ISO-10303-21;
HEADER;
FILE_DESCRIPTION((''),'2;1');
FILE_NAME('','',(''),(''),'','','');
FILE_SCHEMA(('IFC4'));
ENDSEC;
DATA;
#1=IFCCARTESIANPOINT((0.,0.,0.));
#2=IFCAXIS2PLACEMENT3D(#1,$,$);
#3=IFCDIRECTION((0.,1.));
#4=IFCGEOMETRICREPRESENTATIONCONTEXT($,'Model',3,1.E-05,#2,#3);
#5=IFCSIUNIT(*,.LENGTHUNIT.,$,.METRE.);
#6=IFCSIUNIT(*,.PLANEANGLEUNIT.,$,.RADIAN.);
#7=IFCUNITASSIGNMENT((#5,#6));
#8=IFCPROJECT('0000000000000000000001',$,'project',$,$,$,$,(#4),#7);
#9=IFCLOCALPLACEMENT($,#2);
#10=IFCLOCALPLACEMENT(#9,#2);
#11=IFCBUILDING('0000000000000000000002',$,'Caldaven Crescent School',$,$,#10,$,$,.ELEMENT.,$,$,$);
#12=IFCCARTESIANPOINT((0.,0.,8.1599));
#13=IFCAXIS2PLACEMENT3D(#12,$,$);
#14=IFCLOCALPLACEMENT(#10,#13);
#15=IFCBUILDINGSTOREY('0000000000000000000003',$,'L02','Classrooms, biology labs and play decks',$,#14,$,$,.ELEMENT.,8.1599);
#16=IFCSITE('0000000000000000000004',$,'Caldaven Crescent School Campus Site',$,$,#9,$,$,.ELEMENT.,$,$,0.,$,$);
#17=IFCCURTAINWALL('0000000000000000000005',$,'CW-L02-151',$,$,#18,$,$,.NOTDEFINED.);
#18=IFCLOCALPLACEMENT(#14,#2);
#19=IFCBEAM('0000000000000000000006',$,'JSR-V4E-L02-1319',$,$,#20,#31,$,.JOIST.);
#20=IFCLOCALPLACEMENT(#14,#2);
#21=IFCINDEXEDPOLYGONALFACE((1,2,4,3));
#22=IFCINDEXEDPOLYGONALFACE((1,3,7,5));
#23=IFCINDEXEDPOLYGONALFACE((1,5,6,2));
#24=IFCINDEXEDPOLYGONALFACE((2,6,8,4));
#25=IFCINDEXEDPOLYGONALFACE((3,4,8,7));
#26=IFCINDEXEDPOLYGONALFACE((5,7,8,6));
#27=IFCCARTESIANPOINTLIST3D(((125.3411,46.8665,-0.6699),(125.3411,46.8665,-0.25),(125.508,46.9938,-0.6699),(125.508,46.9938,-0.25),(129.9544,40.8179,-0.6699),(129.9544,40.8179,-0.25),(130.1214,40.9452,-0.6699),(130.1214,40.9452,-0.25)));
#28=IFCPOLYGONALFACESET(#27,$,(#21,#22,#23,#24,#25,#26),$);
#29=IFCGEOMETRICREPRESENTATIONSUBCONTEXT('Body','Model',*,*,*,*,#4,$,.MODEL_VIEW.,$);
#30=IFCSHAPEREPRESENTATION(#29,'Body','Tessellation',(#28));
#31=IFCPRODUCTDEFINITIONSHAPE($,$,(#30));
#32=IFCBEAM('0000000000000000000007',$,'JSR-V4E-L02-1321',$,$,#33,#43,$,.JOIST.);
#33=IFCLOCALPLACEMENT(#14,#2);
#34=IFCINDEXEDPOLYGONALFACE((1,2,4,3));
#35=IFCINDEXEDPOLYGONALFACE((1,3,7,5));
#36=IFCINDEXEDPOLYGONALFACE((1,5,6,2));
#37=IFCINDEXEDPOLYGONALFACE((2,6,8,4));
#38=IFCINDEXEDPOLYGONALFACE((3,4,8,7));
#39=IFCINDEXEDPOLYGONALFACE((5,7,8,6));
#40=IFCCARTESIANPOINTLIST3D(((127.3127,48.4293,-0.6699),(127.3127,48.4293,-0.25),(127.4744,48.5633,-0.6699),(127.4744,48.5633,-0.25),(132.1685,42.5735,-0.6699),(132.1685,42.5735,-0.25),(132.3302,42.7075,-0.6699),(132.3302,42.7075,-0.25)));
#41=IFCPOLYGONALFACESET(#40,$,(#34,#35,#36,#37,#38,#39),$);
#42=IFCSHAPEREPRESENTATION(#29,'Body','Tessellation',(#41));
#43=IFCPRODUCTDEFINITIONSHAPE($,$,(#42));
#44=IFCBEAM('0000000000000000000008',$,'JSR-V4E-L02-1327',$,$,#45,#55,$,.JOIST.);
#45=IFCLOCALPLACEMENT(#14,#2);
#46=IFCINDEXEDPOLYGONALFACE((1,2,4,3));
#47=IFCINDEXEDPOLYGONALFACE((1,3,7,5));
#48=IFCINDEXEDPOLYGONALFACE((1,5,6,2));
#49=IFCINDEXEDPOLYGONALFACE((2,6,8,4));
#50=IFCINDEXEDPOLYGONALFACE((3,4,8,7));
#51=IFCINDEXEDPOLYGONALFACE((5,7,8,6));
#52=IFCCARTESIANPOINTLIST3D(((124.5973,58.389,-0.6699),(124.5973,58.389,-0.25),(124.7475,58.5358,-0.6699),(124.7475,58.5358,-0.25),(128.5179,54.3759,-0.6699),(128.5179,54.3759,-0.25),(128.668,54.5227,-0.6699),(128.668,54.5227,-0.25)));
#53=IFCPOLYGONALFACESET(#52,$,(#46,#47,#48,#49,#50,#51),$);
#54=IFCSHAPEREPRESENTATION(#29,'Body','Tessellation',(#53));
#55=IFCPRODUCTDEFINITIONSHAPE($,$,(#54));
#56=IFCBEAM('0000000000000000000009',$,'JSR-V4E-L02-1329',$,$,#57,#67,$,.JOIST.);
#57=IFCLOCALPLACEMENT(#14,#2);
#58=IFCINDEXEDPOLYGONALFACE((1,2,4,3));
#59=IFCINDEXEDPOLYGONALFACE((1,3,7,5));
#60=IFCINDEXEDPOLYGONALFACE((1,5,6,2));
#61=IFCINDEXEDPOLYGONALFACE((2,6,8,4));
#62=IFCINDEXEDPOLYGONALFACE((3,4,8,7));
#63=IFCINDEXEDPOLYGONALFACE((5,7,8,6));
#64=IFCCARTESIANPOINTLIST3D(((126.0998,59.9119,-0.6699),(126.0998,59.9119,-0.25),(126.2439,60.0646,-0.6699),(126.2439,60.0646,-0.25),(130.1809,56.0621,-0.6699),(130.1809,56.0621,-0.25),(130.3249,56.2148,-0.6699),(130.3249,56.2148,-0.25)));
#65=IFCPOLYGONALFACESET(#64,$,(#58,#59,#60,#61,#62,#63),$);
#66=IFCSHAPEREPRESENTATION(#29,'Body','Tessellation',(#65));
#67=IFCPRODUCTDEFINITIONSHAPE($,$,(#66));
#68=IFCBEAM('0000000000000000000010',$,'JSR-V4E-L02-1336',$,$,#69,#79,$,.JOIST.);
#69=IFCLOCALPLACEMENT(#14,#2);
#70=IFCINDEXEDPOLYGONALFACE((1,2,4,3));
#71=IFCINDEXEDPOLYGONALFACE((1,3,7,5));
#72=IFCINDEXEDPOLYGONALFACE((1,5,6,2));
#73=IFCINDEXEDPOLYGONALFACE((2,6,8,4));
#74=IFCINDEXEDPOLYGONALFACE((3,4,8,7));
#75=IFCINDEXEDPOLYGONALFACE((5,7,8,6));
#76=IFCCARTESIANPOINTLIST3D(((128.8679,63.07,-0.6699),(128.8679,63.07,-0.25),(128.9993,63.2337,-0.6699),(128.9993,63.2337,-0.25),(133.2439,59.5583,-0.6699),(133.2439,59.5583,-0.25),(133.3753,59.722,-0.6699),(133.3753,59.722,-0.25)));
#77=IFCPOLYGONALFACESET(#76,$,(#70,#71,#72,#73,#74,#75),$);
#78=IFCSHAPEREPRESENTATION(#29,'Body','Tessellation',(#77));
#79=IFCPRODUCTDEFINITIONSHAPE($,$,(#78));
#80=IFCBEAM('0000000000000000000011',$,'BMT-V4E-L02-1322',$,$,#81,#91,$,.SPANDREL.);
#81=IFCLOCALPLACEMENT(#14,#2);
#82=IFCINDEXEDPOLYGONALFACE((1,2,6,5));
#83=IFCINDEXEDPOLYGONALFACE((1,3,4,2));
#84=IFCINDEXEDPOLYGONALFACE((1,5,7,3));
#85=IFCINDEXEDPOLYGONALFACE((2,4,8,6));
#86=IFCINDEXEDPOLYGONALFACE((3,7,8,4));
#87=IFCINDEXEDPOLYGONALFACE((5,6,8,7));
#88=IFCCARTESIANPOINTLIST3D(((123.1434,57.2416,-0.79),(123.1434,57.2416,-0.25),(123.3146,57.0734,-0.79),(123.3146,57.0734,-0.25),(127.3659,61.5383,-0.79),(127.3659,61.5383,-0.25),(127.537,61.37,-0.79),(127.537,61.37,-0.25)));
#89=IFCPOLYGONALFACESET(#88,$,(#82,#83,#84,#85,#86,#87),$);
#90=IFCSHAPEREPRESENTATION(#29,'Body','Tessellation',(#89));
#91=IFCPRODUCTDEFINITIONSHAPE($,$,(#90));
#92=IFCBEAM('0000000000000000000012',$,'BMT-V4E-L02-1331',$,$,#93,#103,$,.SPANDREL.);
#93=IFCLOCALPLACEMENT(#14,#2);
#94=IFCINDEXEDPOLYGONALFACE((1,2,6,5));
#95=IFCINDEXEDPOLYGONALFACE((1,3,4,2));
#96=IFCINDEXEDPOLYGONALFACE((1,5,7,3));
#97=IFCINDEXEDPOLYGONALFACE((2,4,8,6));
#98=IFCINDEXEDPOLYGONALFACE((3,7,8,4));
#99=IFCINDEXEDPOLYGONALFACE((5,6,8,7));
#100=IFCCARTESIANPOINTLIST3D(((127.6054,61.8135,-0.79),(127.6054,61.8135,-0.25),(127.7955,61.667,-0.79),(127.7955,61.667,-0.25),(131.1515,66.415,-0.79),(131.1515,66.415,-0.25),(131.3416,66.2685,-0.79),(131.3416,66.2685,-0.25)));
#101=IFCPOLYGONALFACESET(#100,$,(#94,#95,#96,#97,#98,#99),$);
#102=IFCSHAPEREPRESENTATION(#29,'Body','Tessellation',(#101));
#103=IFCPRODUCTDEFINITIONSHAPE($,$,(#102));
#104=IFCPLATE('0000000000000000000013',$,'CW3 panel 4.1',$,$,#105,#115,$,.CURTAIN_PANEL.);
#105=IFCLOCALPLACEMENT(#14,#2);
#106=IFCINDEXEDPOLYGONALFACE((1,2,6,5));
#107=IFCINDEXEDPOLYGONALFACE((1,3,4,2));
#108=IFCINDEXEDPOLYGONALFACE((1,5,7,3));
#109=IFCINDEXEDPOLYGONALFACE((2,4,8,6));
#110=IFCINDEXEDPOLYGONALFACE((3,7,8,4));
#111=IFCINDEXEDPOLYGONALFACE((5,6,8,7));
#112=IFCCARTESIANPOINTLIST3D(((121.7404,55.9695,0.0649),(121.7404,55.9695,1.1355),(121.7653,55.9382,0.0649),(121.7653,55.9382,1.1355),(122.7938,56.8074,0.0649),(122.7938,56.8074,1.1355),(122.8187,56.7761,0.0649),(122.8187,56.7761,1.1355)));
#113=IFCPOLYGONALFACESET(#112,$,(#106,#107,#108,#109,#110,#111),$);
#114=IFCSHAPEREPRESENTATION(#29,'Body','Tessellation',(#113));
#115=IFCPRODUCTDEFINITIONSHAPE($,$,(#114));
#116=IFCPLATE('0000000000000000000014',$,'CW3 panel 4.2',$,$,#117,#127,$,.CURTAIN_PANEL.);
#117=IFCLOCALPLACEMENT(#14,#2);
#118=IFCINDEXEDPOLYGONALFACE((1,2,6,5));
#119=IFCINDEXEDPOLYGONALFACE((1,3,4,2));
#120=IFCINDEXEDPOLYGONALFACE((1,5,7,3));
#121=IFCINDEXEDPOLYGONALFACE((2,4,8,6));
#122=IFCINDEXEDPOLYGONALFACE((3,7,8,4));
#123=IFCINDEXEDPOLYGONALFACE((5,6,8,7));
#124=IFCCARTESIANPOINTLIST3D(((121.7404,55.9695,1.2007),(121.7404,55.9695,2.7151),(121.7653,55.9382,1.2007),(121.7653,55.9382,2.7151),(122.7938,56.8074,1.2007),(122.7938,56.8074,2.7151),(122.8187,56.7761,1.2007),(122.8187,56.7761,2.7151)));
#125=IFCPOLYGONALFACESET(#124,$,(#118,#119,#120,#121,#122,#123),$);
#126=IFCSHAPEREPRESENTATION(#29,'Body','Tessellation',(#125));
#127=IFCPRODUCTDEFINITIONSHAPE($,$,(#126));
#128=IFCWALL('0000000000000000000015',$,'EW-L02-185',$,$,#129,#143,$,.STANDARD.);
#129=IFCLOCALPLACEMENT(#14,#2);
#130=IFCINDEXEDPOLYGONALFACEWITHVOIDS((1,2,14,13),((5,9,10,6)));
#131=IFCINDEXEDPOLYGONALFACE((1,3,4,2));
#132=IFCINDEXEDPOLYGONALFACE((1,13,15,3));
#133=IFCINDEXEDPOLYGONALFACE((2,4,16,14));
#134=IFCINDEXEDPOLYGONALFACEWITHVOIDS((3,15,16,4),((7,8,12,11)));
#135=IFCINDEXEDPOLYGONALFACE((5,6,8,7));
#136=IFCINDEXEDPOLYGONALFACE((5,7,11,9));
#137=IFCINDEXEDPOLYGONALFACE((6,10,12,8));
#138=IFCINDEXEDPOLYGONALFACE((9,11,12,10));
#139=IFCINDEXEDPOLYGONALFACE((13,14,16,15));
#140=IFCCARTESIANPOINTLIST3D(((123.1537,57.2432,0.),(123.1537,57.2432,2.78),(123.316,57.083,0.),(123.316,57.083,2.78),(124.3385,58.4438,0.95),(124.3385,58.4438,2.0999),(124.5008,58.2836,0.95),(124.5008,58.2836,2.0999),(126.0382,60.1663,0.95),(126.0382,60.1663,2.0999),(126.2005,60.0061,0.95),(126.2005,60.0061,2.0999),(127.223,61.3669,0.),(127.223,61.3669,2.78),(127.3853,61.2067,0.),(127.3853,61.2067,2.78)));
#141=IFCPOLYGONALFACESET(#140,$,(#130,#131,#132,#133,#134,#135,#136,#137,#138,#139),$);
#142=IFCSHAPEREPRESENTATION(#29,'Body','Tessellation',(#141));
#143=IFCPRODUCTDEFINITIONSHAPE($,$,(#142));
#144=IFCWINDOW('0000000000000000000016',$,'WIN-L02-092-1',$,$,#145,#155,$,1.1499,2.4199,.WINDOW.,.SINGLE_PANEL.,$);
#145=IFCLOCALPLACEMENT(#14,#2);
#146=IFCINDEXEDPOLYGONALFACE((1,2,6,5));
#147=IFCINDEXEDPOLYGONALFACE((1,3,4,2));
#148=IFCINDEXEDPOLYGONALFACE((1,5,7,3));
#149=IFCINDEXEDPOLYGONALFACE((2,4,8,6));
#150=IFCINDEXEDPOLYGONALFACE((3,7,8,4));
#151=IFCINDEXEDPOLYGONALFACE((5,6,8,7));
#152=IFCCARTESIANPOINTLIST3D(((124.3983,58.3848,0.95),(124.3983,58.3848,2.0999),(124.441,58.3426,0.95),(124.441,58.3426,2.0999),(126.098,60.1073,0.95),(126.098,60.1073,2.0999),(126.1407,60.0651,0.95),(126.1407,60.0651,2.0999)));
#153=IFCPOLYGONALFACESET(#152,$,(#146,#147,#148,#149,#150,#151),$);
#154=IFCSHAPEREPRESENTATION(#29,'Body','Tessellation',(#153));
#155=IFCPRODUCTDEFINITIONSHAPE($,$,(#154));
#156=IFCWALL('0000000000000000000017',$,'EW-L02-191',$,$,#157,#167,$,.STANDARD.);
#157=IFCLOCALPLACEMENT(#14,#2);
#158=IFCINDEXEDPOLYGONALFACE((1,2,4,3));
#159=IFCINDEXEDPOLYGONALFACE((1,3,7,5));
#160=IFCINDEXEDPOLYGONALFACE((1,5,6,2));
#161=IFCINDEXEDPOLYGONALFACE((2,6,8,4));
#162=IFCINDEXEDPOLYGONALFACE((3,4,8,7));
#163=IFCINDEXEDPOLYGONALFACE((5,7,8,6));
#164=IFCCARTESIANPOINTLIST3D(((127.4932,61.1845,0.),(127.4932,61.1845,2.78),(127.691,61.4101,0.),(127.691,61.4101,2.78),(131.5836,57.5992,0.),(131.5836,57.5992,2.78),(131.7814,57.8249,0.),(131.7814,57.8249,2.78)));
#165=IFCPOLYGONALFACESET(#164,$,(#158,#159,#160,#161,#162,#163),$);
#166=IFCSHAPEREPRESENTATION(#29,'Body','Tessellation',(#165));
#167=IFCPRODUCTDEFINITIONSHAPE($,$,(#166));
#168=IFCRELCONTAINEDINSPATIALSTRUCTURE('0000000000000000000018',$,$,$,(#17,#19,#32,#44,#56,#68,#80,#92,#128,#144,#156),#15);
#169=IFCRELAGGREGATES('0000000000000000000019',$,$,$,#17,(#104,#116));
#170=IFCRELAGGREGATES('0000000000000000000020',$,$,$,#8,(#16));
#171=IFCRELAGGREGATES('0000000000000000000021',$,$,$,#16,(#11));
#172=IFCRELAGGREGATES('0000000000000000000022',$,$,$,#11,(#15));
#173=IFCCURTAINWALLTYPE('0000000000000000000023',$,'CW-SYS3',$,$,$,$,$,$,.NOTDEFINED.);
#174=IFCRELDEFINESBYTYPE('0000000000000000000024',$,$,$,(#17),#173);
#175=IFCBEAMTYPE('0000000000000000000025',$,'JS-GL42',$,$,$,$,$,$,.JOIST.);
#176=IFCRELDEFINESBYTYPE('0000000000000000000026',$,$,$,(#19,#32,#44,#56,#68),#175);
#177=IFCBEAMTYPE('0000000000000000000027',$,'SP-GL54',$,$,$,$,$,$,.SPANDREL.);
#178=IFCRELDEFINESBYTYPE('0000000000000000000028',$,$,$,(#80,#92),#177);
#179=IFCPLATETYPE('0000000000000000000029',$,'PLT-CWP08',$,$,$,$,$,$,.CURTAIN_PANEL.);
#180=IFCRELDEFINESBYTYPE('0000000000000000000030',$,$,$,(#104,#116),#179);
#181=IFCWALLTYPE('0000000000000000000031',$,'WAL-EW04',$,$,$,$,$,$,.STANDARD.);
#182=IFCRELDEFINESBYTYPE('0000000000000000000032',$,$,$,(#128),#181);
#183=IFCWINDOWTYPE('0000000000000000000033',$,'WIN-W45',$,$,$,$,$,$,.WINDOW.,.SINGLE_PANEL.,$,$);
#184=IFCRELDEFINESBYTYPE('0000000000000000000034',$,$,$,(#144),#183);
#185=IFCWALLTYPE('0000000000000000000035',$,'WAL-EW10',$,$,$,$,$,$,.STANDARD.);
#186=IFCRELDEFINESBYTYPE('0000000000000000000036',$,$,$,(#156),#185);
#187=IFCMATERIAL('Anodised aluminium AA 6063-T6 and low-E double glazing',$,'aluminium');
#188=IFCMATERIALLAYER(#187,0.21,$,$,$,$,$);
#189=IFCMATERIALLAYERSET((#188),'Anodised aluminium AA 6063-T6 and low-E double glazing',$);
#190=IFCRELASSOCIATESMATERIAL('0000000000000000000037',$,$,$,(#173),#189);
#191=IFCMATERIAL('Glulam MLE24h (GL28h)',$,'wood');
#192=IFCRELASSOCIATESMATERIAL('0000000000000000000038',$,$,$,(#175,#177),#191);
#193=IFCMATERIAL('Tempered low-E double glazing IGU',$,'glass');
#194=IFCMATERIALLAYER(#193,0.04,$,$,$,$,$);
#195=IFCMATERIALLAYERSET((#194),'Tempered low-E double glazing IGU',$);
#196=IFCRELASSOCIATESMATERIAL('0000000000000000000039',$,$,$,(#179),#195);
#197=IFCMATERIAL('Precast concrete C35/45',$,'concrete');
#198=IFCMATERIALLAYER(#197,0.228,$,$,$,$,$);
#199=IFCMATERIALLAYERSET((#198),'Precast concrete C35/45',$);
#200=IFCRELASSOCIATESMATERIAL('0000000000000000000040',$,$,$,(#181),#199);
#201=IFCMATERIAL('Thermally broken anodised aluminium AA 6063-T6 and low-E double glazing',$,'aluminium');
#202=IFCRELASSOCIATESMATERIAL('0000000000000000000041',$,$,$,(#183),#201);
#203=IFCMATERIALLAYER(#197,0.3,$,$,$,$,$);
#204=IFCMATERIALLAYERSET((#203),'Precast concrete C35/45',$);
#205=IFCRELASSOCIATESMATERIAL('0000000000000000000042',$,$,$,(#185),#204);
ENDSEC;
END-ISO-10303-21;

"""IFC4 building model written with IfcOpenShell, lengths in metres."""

from ifc_helpers import new_model, si_unit, direction, frame, frame_2d, origin, origin_2d, place, context, subcontext, project, spatial, rectangle, extrude, material, layer, layer_set, material_profile, profile_set, type_object, element, fill, aggregate, save


model = new_model("IFC4")

# Units and contexts
model_context = context("Model", 3, precision=1e-05, world=origin(), true_north=direction((0.0, 1.0)))
body_context = subcontext(model_context, "Body", "Model", "MODEL_VIEW")
ifc_project = project(units=[si_unit("LENGTHUNIT", "METRE"), si_unit("PLANEANGLEUNIT", "RADIAN")], contexts=[model_context])

# Site, building, storey
site_placement = place(None, origin())
site = spatial("IfcSite", under=ifc_project, at=site_placement, Name="Caldaven Crescent School Campus Site", CompositionType="ELEMENT", RefElevation=0.0)
building_placement = place(site_placement, origin())
building = spatial("IfcBuilding", under=site, at=building_placement, Name="Caldaven Crescent School", CompositionType="ELEMENT")
storey_placement = place(building_placement, frame((0.0, 0.0, 8.1599)))
storey = spatial("IfcBuildingStorey", under=building, at=storey_placement, Name="L02", Description="Classrooms, biology labs and play decks", CompositionType="ELEMENT", Elevation=8.1599)

# Shared definitions
ifc_material_1 = material(Name="Glulam MLE24h (GL28h)", Category="wood")

# Curtain wall
ifc_material_2 = material(Name="Anodised aluminium AA 6063-T6 and low-E double glazing", Category="aluminium")
ifc_layer_1 = layer(ifc_material_2, 0.21)
ifc_layer_set_1 = layer_set([ifc_layer_1], Name="Anodised aluminium AA 6063-T6 and low-E double glazing")
curtain_wall_type = type_object("IfcCurtainWallType", Name="CW-SYS3", PredefinedType="NOTDEFINED", material=ifc_layer_set_1)
curtain_wall_placement = place(storey_placement, origin())
curtain_wall = element("IfcCurtainWall", 1, at=curtain_wall_placement, inside=storey, type_object=curtain_wall_type, Name="CW-L02-151", PredefinedType="NOTDEFINED")

# Beams
ifc_material_profile_1 = material_profile(ifc_material_1, rectangle(XDim=0.21, YDim=0.4199, at=origin_2d()), Name="MLE 210x420")
ifc_profile_set_1 = profile_set([ifc_material_profile_1], Name="Glulam MLE24h (GL28h)")
beam_type_1 = type_object("IfcBeamType", Name="JS-GL42", PredefinedType="JOIST", material=ifc_profile_set_1)
for number, where, z_axis, x_axis, name in (
    (2, (125.4246, 46.9302, -0.46), (0.606445, -0.795125, 0.0), (0.795125, 0.606445, 0.0), "JSR-V4E-L02-1319"),
    (3, (127.3936, 48.4963, -0.46), (0.638317, -0.769774, 0.0), (0.769774, 0.638317, 0.0), "JSR-V4E-L02-1321"),
):
    element("IfcBeam", number, at=place(storey_placement, frame(where, z_axis=z_axis, x_axis=x_axis)), inside=storey, type_object=beam_type_1, Name=name, PredefinedType="JOIST", context=body_context, shape_type="SweptSolid", body=[
        extrude(rectangle(XDim=0.21, YDim=0.4199, at=origin_2d()), origin(), (0.0, 0.0, 1.0), 7.6072),
    ])
for number, where, z_axis, x_axis, name in (
    (4, (124.6724, 58.4624, -0.46), (0.698813, -0.715305, 0.0), (0.715305, 0.698813, 0.0), "JSR-V4E-L02-1327"),
    (5, (126.1719, 59.9883, -0.46), (0.727411, -0.686202, 0.0), (0.686202, 0.727411, 0.0), "JSR-V4E-L02-1329"),
):
    element("IfcBeam", number, at=place(storey_placement, frame(where, z_axis=z_axis, x_axis=x_axis)), inside=storey, type_object=beam_type_1, Name=name, PredefinedType="JOIST", context=body_context, shape_type="SweptSolid", body=[
        extrude(rectangle(XDim=0.21, YDim=0.4199, at=origin_2d()), origin(), (0.0, 0.0, 1.0), 5.6104),
    ])
beam_1_placement = place(storey_placement, frame((128.9336, 63.1519, -0.46), z_axis=(0.779917, -0.625883, 0.0), x_axis=(0.625883, 0.779917, 0.0)))
element("IfcBeam", 6, at=beam_1_placement, inside=storey, type_object=beam_type_1, Name="JSR-V4E-L02-1336", PredefinedType="JOIST", context=body_context, shape_type="SweptSolid", body=[
    extrude(rectangle(XDim=0.21, YDim=0.4199, at=origin_2d()), origin(), (0.0, 0.0, 1.0), 5.6108),
])
ifc_material_profile_2 = material_profile(ifc_material_1, rectangle(XDim=0.24, YDim=0.54, at=origin_2d()), Name="MLE 240x540")
ifc_profile_set_2 = profile_set([ifc_material_profile_2], Name="Glulam MLE24h (GL28h)")
beam_type_2 = type_object("IfcBeamType", Name="SP-GL54", PredefinedType="SPANDREL", material=ifc_profile_set_2)
beam_2_placement = place(storey_placement, frame((123.229, 57.1575, -0.52), z_axis=(0.70092, 0.71324, 0.0), x_axis=(-0.71324, 0.70092, 0.0)))
element("IfcBeam", 7, at=beam_2_placement, inside=storey, type_object=beam_type_2, Name="BMT-V4E-L02-1322", PredefinedType="SPANDREL", context=body_context, shape_type="SweptSolid", body=[
    extrude(rectangle(XDim=0.24, YDim=0.54, at=origin_2d()), origin(), (0.0, 0.0, 1.0), 6.0242),
])
beam_3_placement = place(storey_placement, frame((127.7004, 61.7402, -0.52), z_axis=(0.610411, 0.792085, 0.0), x_axis=(-0.792085, 0.610411, 0.0)))
element("IfcBeam", 8, at=beam_3_placement, inside=storey, type_object=beam_type_2, Name="BMT-V4E-L02-1331", PredefinedType="SPANDREL", context=body_context, shape_type="SweptSolid", body=[
    extrude(rectangle(XDim=0.24, YDim=0.54, at=origin_2d()), origin(), (0.0, 0.0, 1.0), 5.8093),
])

# Plates
ifc_material_3 = material(Name="Tempered low-E double glazing IGU", Category="glass")
ifc_layer_2 = layer(ifc_material_3, 0.04)
ifc_layer_set_2 = layer_set([ifc_layer_2], Name="Tempered low-E double glazing IGU")
plate_type = type_object("IfcPlateType", Name="PLT-CWP08", PredefinedType="CURTAIN_PANEL", material=ifc_layer_set_2)
plate_1_placement = place(storey_placement, frame((122.2795, 56.3728, 0.0649), z_axis=(0.0, 0.0, 1.0), x_axis=(0.782608, 0.622515, 0.0)))
plate_1 = element("IfcPlate", 9, at=plate_1_placement, type_object=plate_type, Name="CW3 panel 4.1", PredefinedType="CURTAIN_PANEL", context=body_context, shape_type="SweptSolid", body=[
    extrude(rectangle(XDim=1.3459, YDim=0.04, at=origin_2d()), origin(), (0.0, 0.0, 1.0), 1.0706),
])
plate_2_placement = place(storey_placement, frame((122.2795, 56.3728, 1.2007), z_axis=(0.0, 0.0, 1.0), x_axis=(0.782608, 0.622515, 0.0)))
plate_2 = element("IfcPlate", 10, at=plate_2_placement, type_object=plate_type, Name="CW3 panel 4.2", PredefinedType="CURTAIN_PANEL", context=body_context, shape_type="SweptSolid", body=[
    extrude(rectangle(XDim=1.3459, YDim=0.04, at=origin_2d()), origin(), (0.0, 0.0, 1.0), 1.5144),
])
aggregate(curtain_wall, [plate_1, plate_2])

# Wall, opening, window
ifc_material_4 = material(Name="Precast concrete C35/45", Category="concrete")
ifc_layer_3 = layer(ifc_material_4, 0.228)
ifc_layer_set_3 = layer_set([ifc_layer_3], Name="Precast concrete C35/45")
wall_type_1 = type_object("IfcWallType", Name="WAL-EW04", PredefinedType="STANDARD", material=ifc_layer_set_3)
wall_1_placement = place(storey_placement, frame((123.2349, 57.1631, 0.0), z_axis=(0.0, 0.0, 1.0), x_axis=(0.702393, 0.71179, 0.0)))
wall_1 = element("IfcWall", 11, at=wall_1_placement, inside=storey, type_object=wall_type_1, Name="EW-L02-185", PredefinedType="STANDARD", context=body_context, shape_type="SweptSolid", body=[
    extrude(rectangle(XDim=5.7935, YDim=0.228, at=frame_2d((2.8967, 0.0))), origin(), (0.0, 0.0, 1.0), 2.78),
])
opening_1_placement = place(wall_1_placement, frame((1.6868, 0.0, 0.95)))
opening_1 = element("IfcOpeningElement", 12, at=opening_1_placement, cuts=wall_1, PredefinedType="OPENING", context=body_context, shape_type="SweptSolid", body=[
    extrude(rectangle(XDim=2.4199, YDim=1.1499, at=frame_2d((1.21, 0.575))), frame((0.0, 0.124, 0.0), z_axis=(0.0, -1.0, 0.0), x_axis=(1.0, 0.0, 0.0)), (0.0, 0.0, 1.0), 0.248),
])
ifc_material_5 = material(Name="Thermally broken anodised aluminium AA 6063-T6 and low-E double glazing", Category="aluminium")
window_type = type_object("IfcWindowType", Name="WIN-W45", PartitioningType="SINGLE_PANEL", PredefinedType="WINDOW", material=ifc_material_5)
window_placement = place(opening_1_placement, origin())
window = element("IfcWindow", 13, at=window_placement, inside=storey, type_object=window_type, Name="WIN-L02-092-1", OverallHeight=1.1499, OverallWidth=2.4199, PartitioningType="SINGLE_PANEL", PredefinedType="WINDOW", context=body_context, shape_type="SweptSolid", body=[
    extrude(rectangle(XDim=2.4199, YDim=1.1499, at=frame_2d((1.21, 0.575))), frame((0.0, 0.03, 0.0), z_axis=(0.0, -1.0, 0.0), x_axis=(1.0, 0.0, 0.0)), (0.0, 0.0, 1.0), 0.0601),
])
fill(opening_1, window)

# Wall
ifc_layer_4 = layer(ifc_material_4, 0.3)
ifc_layer_set_4 = layer_set([ifc_layer_4], Name="Precast concrete C35/45")
wall_type_2 = type_object("IfcWallType", Name="WAL-EW10", PredefinedType="STANDARD", material=ifc_layer_set_4)
wall_2_placement = place(storey_placement, frame((127.592, 61.2974, 0.0), z_axis=(0.0, 0.0, 1.0), x_axis=(0.752015, -0.659146, 0.0)))
element("IfcWall", 14, at=wall_2_placement, inside=storey, type_object=wall_type_2, Name="EW-L02-191", PredefinedType="STANDARD", context=body_context, shape_type="SweptSolid", body=[
    extrude(rectangle(XDim=5.4392, YDim=0.3, at=frame_2d((2.7197, 0.0))), origin(), (0.0, 0.0, 1.0), 2.78),
])

save(model, "model.ifc")
